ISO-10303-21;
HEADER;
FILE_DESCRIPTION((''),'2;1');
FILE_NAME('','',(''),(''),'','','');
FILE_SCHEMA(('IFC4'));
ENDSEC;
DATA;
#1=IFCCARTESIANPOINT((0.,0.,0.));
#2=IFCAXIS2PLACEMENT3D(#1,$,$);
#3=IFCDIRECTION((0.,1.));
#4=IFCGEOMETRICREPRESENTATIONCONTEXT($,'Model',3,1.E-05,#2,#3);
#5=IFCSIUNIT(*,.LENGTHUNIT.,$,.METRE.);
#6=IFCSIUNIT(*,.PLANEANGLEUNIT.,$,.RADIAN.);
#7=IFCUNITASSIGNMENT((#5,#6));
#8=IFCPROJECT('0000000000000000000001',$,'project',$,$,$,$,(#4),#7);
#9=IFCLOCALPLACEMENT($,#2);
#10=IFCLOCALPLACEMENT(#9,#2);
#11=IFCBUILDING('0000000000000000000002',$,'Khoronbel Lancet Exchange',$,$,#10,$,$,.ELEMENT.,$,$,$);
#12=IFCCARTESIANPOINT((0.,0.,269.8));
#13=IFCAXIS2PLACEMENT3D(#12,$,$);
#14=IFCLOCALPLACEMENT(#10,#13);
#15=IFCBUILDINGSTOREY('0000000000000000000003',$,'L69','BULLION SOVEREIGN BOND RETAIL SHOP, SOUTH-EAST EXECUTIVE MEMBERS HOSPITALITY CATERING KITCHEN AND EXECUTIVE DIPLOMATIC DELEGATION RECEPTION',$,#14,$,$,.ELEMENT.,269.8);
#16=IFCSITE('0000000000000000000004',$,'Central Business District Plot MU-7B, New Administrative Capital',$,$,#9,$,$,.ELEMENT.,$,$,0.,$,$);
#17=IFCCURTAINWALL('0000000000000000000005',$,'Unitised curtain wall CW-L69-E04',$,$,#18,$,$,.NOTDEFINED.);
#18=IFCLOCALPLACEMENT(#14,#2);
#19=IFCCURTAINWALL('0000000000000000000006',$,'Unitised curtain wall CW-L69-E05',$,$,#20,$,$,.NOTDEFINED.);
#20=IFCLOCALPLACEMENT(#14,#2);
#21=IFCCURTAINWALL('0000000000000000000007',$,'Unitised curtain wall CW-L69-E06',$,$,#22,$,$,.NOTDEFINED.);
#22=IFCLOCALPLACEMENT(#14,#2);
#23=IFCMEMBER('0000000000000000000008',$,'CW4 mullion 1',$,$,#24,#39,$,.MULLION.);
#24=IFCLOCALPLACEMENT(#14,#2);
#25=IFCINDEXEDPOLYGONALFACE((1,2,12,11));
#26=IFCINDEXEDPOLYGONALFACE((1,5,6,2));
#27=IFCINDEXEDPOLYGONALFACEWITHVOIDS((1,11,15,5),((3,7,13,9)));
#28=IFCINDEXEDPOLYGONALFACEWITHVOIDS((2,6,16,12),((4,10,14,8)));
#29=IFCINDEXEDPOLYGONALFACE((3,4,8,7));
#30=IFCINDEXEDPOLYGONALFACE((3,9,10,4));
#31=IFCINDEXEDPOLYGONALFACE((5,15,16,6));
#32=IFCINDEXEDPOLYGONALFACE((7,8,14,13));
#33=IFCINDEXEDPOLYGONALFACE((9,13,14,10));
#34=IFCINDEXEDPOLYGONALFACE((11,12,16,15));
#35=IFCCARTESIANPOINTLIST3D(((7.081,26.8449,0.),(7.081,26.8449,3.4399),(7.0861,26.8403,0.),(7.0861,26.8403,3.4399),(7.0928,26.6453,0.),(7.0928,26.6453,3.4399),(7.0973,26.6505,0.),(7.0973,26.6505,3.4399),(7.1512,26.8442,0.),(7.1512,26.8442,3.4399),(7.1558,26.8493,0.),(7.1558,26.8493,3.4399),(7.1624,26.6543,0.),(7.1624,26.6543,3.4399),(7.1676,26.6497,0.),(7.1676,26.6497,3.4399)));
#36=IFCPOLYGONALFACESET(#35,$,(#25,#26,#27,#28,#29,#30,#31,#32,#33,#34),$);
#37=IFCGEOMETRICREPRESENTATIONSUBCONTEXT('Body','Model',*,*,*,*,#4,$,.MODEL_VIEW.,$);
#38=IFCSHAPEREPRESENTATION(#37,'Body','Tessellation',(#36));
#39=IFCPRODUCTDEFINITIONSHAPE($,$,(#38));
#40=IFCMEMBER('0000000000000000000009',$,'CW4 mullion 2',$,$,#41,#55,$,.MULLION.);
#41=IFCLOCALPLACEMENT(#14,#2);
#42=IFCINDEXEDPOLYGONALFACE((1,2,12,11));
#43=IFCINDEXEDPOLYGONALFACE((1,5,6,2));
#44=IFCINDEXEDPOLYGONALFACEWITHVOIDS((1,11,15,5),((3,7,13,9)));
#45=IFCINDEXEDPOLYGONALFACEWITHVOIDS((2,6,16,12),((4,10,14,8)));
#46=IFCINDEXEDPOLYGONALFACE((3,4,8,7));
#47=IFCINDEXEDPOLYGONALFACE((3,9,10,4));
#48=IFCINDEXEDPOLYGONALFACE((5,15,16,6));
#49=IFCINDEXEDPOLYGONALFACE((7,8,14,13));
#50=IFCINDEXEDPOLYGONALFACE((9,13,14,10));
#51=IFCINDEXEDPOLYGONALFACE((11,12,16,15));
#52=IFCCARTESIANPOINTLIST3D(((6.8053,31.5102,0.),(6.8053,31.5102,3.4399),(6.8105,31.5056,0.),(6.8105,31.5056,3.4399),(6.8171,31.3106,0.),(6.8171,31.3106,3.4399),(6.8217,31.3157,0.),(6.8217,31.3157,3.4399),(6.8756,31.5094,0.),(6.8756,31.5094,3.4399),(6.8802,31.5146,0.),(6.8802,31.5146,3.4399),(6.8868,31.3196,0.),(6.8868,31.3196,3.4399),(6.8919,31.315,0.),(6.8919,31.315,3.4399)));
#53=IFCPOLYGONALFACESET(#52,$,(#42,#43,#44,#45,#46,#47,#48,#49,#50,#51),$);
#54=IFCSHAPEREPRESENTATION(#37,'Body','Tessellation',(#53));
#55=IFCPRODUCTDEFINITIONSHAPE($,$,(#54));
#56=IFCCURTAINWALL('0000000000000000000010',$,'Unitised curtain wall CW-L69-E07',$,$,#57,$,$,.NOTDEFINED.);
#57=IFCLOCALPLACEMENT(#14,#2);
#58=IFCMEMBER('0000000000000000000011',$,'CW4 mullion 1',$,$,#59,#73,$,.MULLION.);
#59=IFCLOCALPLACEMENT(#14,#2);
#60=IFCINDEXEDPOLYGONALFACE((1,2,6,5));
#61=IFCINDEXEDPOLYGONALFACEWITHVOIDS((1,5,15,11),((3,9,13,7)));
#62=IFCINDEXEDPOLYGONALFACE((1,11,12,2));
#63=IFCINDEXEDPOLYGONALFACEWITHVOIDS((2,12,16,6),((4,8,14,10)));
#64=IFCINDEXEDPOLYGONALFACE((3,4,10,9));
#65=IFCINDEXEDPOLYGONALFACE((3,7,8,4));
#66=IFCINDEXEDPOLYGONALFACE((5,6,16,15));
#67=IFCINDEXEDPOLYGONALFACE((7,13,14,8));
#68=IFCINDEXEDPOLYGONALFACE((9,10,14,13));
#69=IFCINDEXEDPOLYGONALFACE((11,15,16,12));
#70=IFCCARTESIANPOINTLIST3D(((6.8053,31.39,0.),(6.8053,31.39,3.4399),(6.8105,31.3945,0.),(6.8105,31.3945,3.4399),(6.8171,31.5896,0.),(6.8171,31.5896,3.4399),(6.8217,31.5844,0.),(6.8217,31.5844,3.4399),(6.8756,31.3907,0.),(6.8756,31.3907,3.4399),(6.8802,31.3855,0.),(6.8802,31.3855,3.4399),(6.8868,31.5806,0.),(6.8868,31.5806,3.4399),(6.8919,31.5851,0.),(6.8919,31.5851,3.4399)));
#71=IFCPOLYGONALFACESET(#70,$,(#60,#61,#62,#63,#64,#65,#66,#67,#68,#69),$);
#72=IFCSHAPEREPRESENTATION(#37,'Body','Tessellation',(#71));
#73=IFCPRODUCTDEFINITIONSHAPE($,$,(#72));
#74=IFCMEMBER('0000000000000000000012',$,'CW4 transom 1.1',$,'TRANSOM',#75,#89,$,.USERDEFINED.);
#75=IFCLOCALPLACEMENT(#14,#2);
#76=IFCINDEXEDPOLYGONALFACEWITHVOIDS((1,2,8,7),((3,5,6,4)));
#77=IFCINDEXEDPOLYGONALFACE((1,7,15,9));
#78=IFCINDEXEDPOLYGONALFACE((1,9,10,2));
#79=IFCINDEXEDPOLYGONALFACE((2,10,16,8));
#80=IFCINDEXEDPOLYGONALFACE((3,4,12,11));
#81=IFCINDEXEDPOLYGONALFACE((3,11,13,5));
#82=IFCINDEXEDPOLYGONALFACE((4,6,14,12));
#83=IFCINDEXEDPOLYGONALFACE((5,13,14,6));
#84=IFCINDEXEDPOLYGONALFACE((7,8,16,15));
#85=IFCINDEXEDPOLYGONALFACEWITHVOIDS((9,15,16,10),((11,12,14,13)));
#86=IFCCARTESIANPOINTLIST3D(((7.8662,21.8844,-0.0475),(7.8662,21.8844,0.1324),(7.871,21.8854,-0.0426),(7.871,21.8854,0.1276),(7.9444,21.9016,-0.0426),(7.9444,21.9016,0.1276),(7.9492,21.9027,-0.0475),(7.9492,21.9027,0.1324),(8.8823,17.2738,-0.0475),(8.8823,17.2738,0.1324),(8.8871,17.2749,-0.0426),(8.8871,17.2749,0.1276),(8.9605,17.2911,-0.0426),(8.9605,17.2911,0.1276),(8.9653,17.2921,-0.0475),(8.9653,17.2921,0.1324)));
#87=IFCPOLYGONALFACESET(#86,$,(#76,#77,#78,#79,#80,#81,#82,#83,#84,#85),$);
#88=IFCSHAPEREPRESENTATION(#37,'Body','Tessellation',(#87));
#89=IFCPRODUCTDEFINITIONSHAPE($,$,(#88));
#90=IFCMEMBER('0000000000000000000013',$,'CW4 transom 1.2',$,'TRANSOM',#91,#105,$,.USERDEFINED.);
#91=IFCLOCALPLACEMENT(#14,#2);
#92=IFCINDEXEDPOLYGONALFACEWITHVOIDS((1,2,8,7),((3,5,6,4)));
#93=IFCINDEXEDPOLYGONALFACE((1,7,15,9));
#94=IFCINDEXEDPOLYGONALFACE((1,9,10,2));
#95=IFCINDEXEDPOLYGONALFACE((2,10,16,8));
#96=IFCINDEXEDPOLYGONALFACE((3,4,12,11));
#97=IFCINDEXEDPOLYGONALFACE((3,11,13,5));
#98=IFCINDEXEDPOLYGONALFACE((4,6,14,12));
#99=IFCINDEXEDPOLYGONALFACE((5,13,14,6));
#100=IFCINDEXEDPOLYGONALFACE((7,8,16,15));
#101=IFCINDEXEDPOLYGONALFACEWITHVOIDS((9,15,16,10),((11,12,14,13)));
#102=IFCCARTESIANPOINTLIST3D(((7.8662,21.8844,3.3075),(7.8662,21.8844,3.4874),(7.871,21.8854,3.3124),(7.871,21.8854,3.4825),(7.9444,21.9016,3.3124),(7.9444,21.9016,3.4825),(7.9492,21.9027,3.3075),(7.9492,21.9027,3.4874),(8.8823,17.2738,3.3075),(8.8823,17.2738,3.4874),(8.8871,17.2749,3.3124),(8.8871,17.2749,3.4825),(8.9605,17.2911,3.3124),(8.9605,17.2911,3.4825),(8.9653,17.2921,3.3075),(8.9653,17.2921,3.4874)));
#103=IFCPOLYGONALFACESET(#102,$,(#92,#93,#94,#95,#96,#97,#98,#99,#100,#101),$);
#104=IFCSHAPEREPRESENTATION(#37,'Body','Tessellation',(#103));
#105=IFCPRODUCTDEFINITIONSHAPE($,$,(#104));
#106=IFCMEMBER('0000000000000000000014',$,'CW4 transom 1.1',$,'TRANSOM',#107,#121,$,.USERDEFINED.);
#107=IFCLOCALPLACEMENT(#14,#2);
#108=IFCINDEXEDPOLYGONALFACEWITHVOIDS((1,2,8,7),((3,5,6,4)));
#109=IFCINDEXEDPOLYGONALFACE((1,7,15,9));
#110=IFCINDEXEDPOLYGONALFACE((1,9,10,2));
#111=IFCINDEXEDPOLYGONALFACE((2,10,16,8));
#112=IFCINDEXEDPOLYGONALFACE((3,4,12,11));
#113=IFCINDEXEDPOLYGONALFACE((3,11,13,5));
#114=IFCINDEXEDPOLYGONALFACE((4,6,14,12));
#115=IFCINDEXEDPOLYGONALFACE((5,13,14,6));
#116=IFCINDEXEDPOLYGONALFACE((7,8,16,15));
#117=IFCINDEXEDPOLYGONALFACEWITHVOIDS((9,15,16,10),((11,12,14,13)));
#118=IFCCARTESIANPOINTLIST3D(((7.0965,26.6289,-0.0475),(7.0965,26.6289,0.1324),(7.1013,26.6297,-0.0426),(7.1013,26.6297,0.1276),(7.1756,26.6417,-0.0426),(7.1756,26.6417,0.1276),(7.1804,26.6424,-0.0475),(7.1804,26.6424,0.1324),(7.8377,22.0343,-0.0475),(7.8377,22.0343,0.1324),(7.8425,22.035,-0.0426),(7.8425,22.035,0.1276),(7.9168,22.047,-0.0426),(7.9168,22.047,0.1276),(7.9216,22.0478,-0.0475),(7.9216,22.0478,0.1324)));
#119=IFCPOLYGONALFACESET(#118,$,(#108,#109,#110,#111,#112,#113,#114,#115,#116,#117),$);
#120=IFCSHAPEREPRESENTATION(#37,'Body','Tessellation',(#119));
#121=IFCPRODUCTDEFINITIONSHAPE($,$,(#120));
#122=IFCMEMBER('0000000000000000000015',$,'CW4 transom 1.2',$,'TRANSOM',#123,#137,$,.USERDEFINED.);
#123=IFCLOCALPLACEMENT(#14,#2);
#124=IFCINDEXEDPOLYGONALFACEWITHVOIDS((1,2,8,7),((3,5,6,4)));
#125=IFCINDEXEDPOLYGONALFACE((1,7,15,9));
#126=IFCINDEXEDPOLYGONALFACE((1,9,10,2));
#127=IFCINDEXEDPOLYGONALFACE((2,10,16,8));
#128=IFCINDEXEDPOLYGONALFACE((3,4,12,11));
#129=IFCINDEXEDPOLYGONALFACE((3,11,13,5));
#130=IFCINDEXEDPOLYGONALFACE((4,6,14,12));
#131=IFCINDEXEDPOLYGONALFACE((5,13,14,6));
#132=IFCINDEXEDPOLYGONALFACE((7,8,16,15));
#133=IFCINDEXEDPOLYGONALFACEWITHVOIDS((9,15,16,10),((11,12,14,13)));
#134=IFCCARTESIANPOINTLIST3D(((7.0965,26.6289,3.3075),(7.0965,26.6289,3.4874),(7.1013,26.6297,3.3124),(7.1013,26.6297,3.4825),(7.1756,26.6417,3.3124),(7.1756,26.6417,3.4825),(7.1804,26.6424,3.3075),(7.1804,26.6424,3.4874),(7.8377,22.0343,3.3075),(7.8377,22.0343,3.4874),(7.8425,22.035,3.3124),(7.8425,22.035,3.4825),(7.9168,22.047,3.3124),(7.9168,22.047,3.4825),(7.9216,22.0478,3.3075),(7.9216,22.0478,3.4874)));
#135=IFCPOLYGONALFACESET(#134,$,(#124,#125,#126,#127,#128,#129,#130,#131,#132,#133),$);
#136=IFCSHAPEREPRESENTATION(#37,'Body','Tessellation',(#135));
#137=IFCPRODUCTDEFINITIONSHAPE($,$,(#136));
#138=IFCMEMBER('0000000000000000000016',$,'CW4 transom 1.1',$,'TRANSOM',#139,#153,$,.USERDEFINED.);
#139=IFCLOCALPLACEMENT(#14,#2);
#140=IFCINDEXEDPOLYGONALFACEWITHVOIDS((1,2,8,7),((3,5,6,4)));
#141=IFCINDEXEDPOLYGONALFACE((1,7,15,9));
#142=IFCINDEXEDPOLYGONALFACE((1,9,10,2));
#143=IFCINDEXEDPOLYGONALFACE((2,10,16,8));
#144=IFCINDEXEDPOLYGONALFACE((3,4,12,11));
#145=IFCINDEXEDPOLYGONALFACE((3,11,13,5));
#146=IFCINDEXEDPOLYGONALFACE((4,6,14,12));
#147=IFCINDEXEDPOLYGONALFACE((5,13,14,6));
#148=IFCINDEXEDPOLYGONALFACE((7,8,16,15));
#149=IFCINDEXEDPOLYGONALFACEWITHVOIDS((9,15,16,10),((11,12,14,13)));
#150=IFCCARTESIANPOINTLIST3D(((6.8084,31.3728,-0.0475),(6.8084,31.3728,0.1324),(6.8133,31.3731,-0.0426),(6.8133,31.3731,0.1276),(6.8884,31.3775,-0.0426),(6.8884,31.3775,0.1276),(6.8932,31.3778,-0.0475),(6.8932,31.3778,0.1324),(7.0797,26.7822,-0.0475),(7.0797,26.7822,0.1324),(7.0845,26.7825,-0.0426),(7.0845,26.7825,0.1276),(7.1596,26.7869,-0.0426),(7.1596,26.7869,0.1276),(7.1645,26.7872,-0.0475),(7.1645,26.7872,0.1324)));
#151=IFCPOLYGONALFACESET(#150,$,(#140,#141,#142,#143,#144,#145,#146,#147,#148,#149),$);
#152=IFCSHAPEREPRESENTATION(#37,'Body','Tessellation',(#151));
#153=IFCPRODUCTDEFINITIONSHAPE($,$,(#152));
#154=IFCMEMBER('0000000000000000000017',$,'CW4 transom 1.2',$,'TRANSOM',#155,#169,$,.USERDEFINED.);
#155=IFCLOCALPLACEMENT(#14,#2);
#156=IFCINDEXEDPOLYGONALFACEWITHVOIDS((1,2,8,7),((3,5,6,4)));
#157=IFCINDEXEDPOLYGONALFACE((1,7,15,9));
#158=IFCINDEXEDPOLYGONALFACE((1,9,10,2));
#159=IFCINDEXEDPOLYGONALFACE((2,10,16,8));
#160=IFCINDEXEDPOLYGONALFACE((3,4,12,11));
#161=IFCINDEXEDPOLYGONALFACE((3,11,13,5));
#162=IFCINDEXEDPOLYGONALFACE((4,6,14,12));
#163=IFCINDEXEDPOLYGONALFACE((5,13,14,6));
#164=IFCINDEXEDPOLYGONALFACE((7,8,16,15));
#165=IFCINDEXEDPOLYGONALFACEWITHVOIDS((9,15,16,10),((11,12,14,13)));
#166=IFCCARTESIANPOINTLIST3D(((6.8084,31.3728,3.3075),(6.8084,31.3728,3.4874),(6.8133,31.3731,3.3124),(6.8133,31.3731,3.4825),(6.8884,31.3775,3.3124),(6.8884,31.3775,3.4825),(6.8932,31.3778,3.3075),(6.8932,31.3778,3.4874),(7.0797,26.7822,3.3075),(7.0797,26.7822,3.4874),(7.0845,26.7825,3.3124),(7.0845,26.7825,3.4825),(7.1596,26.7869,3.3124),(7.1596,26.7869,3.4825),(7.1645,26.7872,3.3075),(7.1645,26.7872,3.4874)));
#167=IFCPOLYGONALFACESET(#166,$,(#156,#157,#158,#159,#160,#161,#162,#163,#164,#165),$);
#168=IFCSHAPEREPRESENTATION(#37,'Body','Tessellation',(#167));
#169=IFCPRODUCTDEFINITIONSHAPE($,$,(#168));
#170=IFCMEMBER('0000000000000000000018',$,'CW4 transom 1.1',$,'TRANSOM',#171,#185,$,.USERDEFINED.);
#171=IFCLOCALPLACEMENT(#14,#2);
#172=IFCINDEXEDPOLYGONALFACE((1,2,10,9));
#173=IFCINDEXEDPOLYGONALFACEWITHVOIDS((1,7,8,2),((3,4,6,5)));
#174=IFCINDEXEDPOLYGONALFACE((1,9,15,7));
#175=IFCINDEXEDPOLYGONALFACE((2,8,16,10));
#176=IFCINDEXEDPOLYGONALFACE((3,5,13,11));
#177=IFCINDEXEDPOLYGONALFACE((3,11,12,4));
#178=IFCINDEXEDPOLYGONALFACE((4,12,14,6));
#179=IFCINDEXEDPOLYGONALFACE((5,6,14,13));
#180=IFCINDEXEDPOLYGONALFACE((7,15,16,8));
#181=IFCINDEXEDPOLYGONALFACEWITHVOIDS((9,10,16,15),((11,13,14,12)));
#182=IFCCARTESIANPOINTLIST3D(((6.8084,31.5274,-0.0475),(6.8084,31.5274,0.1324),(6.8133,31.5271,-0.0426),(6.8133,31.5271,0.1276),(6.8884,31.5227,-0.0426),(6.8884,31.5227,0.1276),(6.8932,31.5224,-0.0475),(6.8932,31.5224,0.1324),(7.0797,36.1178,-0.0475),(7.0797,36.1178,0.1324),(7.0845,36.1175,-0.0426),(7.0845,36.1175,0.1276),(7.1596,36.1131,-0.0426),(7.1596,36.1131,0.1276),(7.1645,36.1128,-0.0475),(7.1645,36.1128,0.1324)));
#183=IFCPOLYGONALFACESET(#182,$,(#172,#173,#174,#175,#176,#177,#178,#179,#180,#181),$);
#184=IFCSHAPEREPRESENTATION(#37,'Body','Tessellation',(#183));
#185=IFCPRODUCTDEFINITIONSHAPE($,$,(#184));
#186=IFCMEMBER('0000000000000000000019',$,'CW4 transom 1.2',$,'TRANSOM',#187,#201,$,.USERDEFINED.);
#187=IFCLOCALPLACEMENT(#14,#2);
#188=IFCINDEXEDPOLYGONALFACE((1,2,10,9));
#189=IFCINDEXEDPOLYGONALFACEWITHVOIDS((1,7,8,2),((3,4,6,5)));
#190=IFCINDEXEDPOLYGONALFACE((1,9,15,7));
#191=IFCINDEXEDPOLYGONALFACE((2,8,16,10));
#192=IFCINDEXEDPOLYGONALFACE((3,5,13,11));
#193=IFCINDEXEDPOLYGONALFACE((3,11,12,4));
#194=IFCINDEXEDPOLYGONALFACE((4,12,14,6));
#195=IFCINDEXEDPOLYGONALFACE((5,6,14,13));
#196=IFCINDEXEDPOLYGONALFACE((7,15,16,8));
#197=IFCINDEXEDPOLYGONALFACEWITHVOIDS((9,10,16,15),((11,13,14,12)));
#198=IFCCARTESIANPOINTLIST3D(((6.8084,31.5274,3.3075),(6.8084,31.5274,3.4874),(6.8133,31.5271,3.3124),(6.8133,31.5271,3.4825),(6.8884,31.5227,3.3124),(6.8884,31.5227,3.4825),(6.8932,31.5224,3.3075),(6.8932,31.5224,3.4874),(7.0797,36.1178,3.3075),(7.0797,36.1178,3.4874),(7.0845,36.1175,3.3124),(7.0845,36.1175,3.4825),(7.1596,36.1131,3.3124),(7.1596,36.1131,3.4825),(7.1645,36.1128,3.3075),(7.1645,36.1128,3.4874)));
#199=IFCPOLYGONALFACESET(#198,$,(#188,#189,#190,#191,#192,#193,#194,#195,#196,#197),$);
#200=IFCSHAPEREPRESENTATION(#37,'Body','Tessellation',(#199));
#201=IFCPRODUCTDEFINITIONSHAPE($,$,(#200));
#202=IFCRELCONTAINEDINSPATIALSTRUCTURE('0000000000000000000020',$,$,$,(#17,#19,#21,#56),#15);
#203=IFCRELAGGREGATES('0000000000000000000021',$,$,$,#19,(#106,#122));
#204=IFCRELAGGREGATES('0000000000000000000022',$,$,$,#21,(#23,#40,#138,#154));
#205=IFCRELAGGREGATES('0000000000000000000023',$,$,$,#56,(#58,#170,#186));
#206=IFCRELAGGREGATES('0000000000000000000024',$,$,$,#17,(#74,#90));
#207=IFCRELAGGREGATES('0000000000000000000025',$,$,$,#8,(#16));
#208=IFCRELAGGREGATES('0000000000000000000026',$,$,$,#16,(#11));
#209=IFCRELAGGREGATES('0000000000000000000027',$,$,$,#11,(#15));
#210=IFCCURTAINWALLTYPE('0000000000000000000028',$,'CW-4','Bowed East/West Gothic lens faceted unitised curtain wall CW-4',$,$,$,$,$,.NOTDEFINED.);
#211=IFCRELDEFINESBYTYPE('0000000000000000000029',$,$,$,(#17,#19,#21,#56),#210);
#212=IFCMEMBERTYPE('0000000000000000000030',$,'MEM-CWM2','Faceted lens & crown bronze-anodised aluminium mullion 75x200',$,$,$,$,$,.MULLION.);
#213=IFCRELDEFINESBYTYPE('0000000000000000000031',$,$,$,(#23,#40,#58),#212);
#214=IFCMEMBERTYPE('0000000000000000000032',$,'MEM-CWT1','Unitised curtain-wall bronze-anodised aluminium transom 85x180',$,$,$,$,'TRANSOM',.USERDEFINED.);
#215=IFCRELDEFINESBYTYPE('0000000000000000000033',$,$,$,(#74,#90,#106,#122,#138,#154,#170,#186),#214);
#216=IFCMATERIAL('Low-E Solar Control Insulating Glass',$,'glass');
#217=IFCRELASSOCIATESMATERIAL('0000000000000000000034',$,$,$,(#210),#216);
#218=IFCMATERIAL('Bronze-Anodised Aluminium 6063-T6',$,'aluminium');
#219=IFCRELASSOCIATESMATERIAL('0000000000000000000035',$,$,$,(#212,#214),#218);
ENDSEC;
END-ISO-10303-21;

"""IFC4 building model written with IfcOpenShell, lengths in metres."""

from ifc_helpers import new_model, si_unit, direction, frame, origin, origin_2d, place, context, subcontext, project, spatial, hollow_rectangle, extrude, material, material_profile, profile_set, type_object, element, aggregate, save


model = new_model("IFC4")

# Units and contexts
model_context = context("Model", 3, precision=1e-05, world=origin(), true_north=direction((0.0, 1.0)))
body_context = subcontext(model_context, "Body", "Model", "MODEL_VIEW")
ifc_project = project(units=[si_unit("LENGTHUNIT", "METRE"), si_unit("PLANEANGLEUNIT", "RADIAN")], contexts=[model_context])

# Site, building, storey
site_placement = place(None, origin())
site = spatial("IfcSite", under=ifc_project, at=site_placement, Name="Central Business District Plot MU-7B, New Administrative Capital", CompositionType="ELEMENT", RefElevation=0.0)
building_placement = place(site_placement, origin())
building = spatial("IfcBuilding", under=site, at=building_placement, Name="Khoronbel Lancet Exchange", CompositionType="ELEMENT")
storey_placement = place(building_placement, frame((0.0, 0.0, 269.8)))
storey = spatial("IfcBuildingStorey", under=building, at=storey_placement, Name="L69", Description="BULLION SOVEREIGN BOND RETAIL SHOP, SOUTH-EAST EXECUTIVE MEMBERS HOSPITALITY CATERING KITCHEN AND EXECUTIVE DIPLOMATIC DELEGATION RECEPTION", CompositionType="ELEMENT", Elevation=269.8)

# Curtain walls, members
ifc_material_1 = material(Name="Low-E Solar Control Insulating Glass", Category="glass")
curtain_wall_type = type_object("IfcCurtainWallType", Name="CW-4", Description="Bowed East/West Gothic lens faceted unitised curtain wall CW-4", PredefinedType="NOTDEFINED", material=ifc_material_1)
curtain_wall_1_placement = place(storey_placement, origin())
curtain_wall_1 = element("IfcCurtainWall", 1, at=curtain_wall_1_placement, inside=storey, type_object=curtain_wall_type, Name="Unitised curtain wall CW-L69-E04", PredefinedType="NOTDEFINED")
ifc_material_2 = material(Name="Bronze-Anodised Aluminium 6063-T6", Category="aluminium")
ifc_material_profile_1 = material_profile(ifc_material_2, hollow_rectangle(XDim=0.075, YDim=0.2, WallThickness=0.0049, at=origin_2d()), Name="ALU MULLION 75x200")
ifc_profile_set_1 = profile_set([ifc_material_profile_1], Name="Bronze-Anodised Aluminium 6063-T6")
member_type_1 = type_object("IfcMemberType", Name="MEM-CWM2", Description="Faceted lens & crown bronze-anodised aluminium mullion 75x200", PredefinedType="MULLION", material=ifc_profile_set_1)
curtain_wall_2_placement = place(storey_placement, origin())
curtain_wall_2 = element("IfcCurtainWall", 2, at=curtain_wall_2_placement, inside=storey, type_object=curtain_wall_type, Name="Unitised curtain wall CW-L69-E05", PredefinedType="NOTDEFINED")
curtain_wall_3_placement = place(storey_placement, origin())
curtain_wall_3 = element("IfcCurtainWall", 3, at=curtain_wall_3_placement, inside=storey, type_object=curtain_wall_type, Name="Unitised curtain wall CW-L69-E06", PredefinedType="NOTDEFINED")
member_1_placement = place(storey_placement, frame((7.1243, 26.7473, 0.0), z_axis=(0.0, 0.0, 1.0), x_axis=(-0.998261, -0.058945, 0.0)))
member_1 = element("IfcMember", 4, at=member_1_placement, type_object=member_type_1, Name="CW4 mullion 1", PredefinedType="MULLION", context=body_context, shape_type="SweptSolid", body=[
    extrude(hollow_rectangle(XDim=0.075, YDim=0.2, WallThickness=0.0049, at=origin_2d()), origin(), (0.0, 0.0, 1.0), 3.4399),
])
member_2_placement = place(storey_placement, frame((6.8486, 31.4126, 0.0), z_axis=(0.0, 0.0, 1.0), x_axis=(-0.998261, -0.058945, 0.0)))
member_2 = element("IfcMember", 5, at=member_2_placement, type_object=member_type_1, Name="CW4 mullion 2", PredefinedType="MULLION", context=body_context, shape_type="SweptSolid", body=[
    extrude(hollow_rectangle(XDim=0.075, YDim=0.2, WallThickness=0.0049, at=origin_2d()), origin(), (0.0, 0.0, 1.0), 3.4399),
])

# Curtain wall, member
curtain_wall_4_placement = place(storey_placement, origin())
curtain_wall_4 = element("IfcCurtainWall", 6, at=curtain_wall_4_placement, inside=storey, type_object=curtain_wall_type, Name="Unitised curtain wall CW-L69-E07", PredefinedType="NOTDEFINED")
member_3_placement = place(storey_placement, frame((6.8486, 31.4875, 0.0), z_axis=(0.0, 0.0, 1.0), x_axis=(-0.998261, 0.058945, 0.0)))
member_3 = element("IfcMember", 7, at=member_3_placement, type_object=member_type_1, Name="CW4 mullion 1", PredefinedType="MULLION", context=body_context, shape_type="SweptSolid", body=[
    extrude(hollow_rectangle(XDim=0.075, YDim=0.2, WallThickness=0.0049, at=origin_2d()), origin(), (0.0, 0.0, 1.0), 3.4399),
])

# Members
ifc_material_profile_2 = material_profile(ifc_material_2, hollow_rectangle(XDim=0.085, YDim=0.1799, WallThickness=0.0049, at=origin_2d()), Name="ALU TRANSOM 85x180")
ifc_profile_set_2 = profile_set([ifc_material_profile_2], Name="Bronze-Anodised Aluminium 6063-T6")
member_type_2 = type_object("IfcMemberType", Name="MEM-CWT1", Description="Unitised curtain-wall bronze-anodised aluminium transom 85x180", ElementType="TRANSOM", PredefinedType="USERDEFINED", material=ifc_profile_set_2)
member_4_placement = place(storey_placement, frame((8.9238, 17.283, 0.0425), z_axis=(-0.215222, 0.976565, 0.0), x_axis=(-0.976565, -0.215222, 0.0)))
member_4 = element("IfcMember", 8, at=member_4_placement, type_object=member_type_2, Name="CW4 transom 1.1", ObjectType="TRANSOM", PredefinedType="USERDEFINED", context=body_context, shape_type="SweptSolid", body=[
    extrude(hollow_rectangle(XDim=0.085, YDim=0.1799, WallThickness=0.0049, at=origin_2d()), origin(), (0.0, 0.0, 1.0), 4.7212),
])
member_5_placement = place(storey_placement, frame((8.9238, 17.283, 3.3975), z_axis=(-0.215222, 0.976565, 0.0), x_axis=(-0.976565, -0.215222, 0.0)))
member_5 = element("IfcMember", 9, at=member_5_placement, type_object=member_type_2, Name="CW4 transom 1.2", ObjectType="TRANSOM", PredefinedType="USERDEFINED", context=body_context, shape_type="SweptSolid", body=[
    extrude(hollow_rectangle(XDim=0.085, YDim=0.1799, WallThickness=0.0049, at=origin_2d()), origin(), (0.0, 0.0, 1.0), 4.7212),
])
member_6_placement = place(storey_placement, frame((7.8796, 22.041, 0.0425), z_axis=(-0.159259, 0.987237, 0.0), x_axis=(-0.987237, -0.159259, 0.0)))
member_6 = element("IfcMember", 10, at=member_6_placement, type_object=member_type_2, Name="CW4 transom 1.1", ObjectType="TRANSOM", PredefinedType="USERDEFINED", context=body_context, shape_type="SweptSolid", body=[
    extrude(hollow_rectangle(XDim=0.085, YDim=0.1799, WallThickness=0.0049, at=origin_2d()), origin(), (0.0, 0.0, 1.0), 4.6541),
])
member_7_placement = place(storey_placement, frame((7.8796, 22.041, 3.3975), z_axis=(-0.159259, 0.987237, 0.0), x_axis=(-0.987237, -0.159259, 0.0)))
member_7 = element("IfcMember", 11, at=member_7_placement, type_object=member_type_2, Name="CW4 transom 1.2", ObjectType="TRANSOM", PredefinedType="USERDEFINED", context=body_context, shape_type="SweptSolid", body=[
    extrude(hollow_rectangle(XDim=0.085, YDim=0.1799, WallThickness=0.0049, at=origin_2d()), origin(), (0.0, 0.0, 1.0), 4.6541),
])
member_8_placement = place(storey_placement, frame((7.1221, 26.7847, 0.0425), z_axis=(-0.058983, 0.998259, 0.0), x_axis=(-0.998259, -0.058983, 0.0)))
member_8 = element("IfcMember", 12, at=member_8_placement, type_object=member_type_2, Name="CW4 transom 1.1", ObjectType="TRANSOM", PredefinedType="USERDEFINED", context=body_context, shape_type="SweptSolid", body=[
    extrude(hollow_rectangle(XDim=0.085, YDim=0.1799, WallThickness=0.0049, at=origin_2d()), origin(), (0.0, 0.0, 1.0), 4.5986),
])
member_9_placement = place(storey_placement, frame((7.1221, 26.7847, 3.3975), z_axis=(-0.058983, 0.998259, 0.0), x_axis=(-0.998259, -0.058983, 0.0)))
member_9 = element("IfcMember", 13, at=member_9_placement, type_object=member_type_2, Name="CW4 transom 1.2", ObjectType="TRANSOM", PredefinedType="USERDEFINED", context=body_context, shape_type="SweptSolid", body=[
    extrude(hollow_rectangle(XDim=0.085, YDim=0.1799, WallThickness=0.0049, at=origin_2d()), origin(), (0.0, 0.0, 1.0), 4.5986),
])
member_10_placement = place(storey_placement, frame((6.8508, 31.5249, 0.0425), z_axis=(0.058987, 0.998259, 0.0), x_axis=(-0.998259, 0.058987, 0.0)))
member_10 = element("IfcMember", 14, at=member_10_placement, type_object=member_type_2, Name="CW4 transom 1.1", ObjectType="TRANSOM", PredefinedType="USERDEFINED", context=body_context, shape_type="SweptSolid", body=[
    extrude(hollow_rectangle(XDim=0.085, YDim=0.1799, WallThickness=0.0049, at=origin_2d()), origin(), (0.0, 0.0, 1.0), 4.5984),
])
member_11_placement = place(storey_placement, frame((6.8508, 31.5249, 3.3975), z_axis=(0.058987, 0.998259, 0.0), x_axis=(-0.998259, 0.058987, 0.0)))
member_11 = element("IfcMember", 15, at=member_11_placement, type_object=member_type_2, Name="CW4 transom 1.2", ObjectType="TRANSOM", PredefinedType="USERDEFINED", context=body_context, shape_type="SweptSolid", body=[
    extrude(hollow_rectangle(XDim=0.085, YDim=0.1799, WallThickness=0.0049, at=origin_2d()), origin(), (0.0, 0.0, 1.0), 4.5984),
])

aggregate(curtain_wall_2, [member_6, member_7])
aggregate(curtain_wall_3, [member_1, member_2, member_8, member_9])
aggregate(curtain_wall_4, [member_3, member_10, member_11])
aggregate(curtain_wall_1, [member_4, member_5])

save(model, "model.ifc")
